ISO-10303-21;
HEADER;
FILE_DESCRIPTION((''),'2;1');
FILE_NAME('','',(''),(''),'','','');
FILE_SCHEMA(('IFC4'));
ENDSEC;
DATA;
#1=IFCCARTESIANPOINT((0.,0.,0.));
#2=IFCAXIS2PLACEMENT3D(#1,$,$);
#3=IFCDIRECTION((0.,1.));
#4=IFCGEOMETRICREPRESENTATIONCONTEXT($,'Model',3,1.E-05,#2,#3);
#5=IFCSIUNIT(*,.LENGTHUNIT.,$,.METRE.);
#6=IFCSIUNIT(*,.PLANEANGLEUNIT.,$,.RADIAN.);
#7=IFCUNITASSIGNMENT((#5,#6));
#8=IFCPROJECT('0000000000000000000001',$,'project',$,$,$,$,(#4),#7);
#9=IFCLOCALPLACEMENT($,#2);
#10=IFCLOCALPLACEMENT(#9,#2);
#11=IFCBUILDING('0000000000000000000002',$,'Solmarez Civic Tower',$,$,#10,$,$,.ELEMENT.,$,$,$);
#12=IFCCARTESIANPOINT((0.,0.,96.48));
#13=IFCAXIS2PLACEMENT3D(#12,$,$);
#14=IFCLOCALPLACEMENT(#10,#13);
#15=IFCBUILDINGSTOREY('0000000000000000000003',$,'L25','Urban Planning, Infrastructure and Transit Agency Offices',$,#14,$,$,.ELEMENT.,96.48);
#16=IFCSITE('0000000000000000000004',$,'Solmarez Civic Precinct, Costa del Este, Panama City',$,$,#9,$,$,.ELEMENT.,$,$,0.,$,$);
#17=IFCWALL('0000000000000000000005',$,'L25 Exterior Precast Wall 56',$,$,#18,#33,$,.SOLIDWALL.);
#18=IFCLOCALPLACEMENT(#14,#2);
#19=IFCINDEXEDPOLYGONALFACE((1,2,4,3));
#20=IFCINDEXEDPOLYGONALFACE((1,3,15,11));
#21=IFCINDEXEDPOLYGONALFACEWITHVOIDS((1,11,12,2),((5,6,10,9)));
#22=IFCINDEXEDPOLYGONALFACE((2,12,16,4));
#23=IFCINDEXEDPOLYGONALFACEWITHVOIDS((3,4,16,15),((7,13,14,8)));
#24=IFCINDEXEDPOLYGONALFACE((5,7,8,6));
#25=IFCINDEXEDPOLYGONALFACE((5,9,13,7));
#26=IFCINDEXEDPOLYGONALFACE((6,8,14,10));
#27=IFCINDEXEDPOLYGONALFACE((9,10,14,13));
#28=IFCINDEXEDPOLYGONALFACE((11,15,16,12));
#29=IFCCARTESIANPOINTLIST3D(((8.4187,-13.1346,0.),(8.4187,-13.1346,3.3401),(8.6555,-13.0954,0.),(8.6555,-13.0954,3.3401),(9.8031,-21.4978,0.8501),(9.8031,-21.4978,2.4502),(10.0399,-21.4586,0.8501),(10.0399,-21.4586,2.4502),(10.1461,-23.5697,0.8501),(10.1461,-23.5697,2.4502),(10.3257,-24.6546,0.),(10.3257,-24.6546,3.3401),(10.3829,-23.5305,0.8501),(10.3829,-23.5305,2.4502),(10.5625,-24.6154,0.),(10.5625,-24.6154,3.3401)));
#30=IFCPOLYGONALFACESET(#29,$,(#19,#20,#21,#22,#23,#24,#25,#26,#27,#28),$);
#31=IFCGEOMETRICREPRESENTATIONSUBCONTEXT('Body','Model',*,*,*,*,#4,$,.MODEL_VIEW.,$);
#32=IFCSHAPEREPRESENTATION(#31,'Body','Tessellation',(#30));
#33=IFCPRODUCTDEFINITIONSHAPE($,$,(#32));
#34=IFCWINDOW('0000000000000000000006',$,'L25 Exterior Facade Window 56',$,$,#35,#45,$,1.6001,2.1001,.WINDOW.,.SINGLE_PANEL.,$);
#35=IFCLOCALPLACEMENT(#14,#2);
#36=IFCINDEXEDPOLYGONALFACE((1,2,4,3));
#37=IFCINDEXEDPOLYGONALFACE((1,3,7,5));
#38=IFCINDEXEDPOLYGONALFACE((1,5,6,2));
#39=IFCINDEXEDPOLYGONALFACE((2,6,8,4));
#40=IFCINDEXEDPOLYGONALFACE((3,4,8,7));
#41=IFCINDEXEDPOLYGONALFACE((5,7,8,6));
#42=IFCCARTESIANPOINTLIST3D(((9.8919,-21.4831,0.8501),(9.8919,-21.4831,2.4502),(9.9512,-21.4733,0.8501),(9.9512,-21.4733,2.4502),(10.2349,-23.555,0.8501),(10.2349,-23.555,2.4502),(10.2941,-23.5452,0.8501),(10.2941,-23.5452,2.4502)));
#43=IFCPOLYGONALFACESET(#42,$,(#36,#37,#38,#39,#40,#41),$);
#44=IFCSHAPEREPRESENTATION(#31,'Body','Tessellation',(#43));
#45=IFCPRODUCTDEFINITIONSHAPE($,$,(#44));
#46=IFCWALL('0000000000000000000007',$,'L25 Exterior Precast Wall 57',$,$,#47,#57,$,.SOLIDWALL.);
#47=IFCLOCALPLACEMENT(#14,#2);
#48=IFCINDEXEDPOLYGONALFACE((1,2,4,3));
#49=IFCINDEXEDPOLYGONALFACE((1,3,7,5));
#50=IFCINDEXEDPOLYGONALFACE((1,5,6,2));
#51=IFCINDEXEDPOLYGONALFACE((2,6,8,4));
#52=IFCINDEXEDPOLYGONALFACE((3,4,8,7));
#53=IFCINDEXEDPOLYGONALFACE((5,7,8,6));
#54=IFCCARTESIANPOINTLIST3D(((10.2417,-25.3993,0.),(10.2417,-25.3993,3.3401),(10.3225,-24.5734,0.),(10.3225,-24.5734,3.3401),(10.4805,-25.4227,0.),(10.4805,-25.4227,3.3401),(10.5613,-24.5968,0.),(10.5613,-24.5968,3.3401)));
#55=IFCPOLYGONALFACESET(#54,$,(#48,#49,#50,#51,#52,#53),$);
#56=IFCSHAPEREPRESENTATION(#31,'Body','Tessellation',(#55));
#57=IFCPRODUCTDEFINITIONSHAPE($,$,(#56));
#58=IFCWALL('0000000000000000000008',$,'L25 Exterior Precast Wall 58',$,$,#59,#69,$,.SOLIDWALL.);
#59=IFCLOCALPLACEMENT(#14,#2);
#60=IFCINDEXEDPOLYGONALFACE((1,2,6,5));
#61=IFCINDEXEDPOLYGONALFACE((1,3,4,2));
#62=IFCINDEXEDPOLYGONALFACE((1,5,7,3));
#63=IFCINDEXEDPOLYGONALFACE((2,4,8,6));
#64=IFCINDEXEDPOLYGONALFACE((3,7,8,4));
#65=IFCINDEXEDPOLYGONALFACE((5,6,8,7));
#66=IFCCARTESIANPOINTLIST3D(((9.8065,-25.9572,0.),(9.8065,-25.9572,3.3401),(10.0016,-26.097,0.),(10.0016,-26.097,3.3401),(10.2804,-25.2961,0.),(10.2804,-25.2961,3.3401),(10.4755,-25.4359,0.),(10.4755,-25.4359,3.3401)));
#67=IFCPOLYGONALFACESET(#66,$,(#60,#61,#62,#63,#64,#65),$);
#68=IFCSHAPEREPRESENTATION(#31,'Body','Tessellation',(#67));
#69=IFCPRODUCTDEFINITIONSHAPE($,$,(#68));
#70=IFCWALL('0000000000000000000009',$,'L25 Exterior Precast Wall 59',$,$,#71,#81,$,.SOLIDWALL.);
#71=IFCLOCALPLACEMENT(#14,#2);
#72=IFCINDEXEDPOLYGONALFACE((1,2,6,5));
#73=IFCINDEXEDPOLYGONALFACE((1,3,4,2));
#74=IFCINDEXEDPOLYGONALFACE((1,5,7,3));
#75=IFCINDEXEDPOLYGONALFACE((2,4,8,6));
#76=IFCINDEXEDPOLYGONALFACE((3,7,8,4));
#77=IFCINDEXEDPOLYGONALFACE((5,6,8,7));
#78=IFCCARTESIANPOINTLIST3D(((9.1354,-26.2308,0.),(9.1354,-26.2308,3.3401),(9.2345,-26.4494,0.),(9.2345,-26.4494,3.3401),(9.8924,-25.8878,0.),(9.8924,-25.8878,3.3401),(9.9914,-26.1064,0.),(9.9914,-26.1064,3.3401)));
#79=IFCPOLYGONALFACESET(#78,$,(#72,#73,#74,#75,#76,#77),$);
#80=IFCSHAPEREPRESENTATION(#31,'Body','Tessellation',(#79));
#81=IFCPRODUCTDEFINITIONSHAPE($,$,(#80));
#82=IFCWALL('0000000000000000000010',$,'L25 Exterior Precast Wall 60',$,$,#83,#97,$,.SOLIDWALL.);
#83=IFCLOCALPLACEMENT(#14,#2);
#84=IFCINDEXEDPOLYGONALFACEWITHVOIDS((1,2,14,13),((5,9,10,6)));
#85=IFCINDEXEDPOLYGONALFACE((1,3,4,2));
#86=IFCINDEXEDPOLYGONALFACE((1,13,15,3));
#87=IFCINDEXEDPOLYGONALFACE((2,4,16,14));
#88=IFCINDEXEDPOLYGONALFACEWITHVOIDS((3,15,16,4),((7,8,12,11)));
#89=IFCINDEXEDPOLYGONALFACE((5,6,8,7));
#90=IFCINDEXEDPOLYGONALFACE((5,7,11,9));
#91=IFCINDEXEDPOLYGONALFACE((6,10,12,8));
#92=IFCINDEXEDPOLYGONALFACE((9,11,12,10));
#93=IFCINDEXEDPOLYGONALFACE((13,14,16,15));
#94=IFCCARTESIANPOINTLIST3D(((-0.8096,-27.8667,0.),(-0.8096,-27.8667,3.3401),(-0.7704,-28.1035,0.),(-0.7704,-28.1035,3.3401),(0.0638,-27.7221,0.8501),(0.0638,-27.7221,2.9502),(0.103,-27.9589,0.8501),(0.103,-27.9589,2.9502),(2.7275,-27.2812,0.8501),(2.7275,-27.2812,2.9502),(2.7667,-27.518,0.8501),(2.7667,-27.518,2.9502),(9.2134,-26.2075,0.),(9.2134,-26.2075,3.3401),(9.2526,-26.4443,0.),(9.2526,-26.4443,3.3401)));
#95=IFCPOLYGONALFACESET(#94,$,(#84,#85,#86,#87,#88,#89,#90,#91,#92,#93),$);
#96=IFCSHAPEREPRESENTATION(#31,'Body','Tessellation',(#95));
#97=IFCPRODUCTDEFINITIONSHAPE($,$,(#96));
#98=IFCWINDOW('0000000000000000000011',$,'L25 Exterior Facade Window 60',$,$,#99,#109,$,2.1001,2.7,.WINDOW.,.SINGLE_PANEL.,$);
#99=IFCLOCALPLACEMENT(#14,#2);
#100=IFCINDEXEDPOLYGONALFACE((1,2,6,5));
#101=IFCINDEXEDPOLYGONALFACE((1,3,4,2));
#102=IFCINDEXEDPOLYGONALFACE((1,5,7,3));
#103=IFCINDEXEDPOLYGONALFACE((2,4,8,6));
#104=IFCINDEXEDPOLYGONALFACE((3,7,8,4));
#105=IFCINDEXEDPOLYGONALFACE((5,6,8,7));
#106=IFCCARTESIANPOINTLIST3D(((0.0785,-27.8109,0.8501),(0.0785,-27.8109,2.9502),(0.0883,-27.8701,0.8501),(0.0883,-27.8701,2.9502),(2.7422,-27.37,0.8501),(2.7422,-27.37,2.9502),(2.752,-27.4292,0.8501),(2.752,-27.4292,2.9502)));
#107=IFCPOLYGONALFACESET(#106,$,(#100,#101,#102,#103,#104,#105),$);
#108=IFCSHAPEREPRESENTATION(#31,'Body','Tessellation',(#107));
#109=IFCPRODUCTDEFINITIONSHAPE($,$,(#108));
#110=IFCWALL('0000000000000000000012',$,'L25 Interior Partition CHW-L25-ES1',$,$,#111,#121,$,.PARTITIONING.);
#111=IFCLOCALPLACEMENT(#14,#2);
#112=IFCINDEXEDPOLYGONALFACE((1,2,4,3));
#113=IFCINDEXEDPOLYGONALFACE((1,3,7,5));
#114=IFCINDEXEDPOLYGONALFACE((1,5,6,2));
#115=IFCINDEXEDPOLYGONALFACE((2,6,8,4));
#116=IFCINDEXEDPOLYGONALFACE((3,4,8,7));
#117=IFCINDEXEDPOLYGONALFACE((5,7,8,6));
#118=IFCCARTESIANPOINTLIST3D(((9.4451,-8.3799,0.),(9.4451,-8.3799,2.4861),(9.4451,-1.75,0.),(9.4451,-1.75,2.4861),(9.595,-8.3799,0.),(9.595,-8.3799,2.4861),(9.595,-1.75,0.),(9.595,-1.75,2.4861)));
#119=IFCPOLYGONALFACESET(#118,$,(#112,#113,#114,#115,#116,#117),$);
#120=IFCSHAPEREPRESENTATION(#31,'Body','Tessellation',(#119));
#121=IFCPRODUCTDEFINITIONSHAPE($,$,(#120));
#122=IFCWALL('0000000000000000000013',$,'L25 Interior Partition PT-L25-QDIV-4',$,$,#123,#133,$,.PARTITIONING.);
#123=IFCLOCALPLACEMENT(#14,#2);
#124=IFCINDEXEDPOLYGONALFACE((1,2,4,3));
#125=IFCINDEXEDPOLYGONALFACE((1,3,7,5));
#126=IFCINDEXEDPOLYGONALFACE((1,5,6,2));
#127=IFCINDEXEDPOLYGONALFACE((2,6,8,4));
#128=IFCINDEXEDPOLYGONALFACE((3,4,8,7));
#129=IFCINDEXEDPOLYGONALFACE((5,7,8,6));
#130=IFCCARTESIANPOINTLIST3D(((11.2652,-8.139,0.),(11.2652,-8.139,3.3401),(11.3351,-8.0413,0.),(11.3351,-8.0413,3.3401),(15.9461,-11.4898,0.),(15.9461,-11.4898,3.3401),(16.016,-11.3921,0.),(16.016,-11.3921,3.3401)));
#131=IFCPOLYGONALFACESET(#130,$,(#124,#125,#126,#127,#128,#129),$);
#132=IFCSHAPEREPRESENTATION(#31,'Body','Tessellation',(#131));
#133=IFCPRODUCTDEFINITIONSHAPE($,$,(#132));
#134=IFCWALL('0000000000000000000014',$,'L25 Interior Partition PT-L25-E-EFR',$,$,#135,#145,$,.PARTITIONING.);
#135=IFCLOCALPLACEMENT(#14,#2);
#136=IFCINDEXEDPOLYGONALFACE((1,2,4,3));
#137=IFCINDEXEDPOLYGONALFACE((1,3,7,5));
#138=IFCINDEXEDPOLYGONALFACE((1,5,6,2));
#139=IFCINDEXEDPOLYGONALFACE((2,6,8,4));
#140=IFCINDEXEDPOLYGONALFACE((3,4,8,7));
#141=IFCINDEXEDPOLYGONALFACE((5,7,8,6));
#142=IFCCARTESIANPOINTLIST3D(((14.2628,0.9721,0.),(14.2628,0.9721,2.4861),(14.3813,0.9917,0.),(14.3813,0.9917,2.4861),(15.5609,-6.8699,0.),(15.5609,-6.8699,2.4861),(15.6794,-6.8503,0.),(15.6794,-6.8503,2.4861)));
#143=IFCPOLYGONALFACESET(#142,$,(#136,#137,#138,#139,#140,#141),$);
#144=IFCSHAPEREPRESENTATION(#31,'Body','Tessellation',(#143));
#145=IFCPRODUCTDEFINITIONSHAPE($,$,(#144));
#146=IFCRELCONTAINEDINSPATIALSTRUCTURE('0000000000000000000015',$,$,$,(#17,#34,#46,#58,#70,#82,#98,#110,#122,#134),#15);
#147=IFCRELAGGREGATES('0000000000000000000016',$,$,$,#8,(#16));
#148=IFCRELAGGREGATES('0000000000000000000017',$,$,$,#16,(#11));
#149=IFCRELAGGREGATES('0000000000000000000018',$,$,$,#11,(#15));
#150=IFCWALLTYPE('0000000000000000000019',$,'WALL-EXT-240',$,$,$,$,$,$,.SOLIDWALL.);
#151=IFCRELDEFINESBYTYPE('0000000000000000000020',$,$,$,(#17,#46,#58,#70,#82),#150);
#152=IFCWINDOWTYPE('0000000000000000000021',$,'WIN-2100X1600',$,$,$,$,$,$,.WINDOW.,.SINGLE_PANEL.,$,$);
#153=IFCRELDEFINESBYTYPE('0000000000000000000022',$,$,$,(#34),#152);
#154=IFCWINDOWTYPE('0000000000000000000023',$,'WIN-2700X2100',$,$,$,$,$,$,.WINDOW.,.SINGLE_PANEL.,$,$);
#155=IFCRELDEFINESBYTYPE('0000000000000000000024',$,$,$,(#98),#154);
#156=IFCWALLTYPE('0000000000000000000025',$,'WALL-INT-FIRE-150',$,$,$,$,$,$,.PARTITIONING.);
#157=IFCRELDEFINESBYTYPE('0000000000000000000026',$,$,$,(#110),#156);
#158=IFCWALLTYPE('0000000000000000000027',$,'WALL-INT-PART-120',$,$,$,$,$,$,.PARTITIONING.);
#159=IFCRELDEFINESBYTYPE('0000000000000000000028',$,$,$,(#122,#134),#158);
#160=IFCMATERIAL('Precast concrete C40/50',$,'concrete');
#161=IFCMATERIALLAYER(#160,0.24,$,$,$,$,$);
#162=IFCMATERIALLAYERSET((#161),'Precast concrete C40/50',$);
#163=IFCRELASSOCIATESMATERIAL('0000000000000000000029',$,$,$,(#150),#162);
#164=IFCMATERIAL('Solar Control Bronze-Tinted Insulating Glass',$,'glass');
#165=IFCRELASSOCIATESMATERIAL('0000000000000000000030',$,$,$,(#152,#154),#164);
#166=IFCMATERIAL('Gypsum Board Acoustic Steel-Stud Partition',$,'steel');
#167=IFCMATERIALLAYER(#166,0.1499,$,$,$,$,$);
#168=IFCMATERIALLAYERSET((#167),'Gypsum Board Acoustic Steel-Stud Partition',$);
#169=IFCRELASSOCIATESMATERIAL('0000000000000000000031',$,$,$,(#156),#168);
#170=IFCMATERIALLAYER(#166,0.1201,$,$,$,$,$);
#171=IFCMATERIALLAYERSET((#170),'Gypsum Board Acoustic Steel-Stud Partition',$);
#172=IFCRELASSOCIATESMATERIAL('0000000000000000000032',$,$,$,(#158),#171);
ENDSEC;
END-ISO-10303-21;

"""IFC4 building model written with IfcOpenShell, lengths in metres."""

from ifc_helpers import new_model, si_unit, direction, frame, frame_2d, origin, place, context, subcontext, project, spatial, rectangle, extrude, material, layer, layer_set, type_object, element, fill, save


model = new_model("IFC4")

# Units and contexts
model_context = context("Model", 3, precision=1e-05, world=origin(), true_north=direction((0.0, 1.0)))
body_context = subcontext(model_context, "Body", "Model", "MODEL_VIEW")
ifc_project = project(units=[si_unit("LENGTHUNIT", "METRE"), si_unit("PLANEANGLEUNIT", "RADIAN")], contexts=[model_context])

# Site, building, storey
site_placement = place(None, origin())
site = spatial("IfcSite", under=ifc_project, at=site_placement, Name="Solmarez Civic Precinct, Costa del Este, Panama City", CompositionType="ELEMENT", RefElevation=0.0)
building_placement = place(site_placement, origin())
building = spatial("IfcBuilding", under=site, at=building_placement, Name="Solmarez Civic Tower", CompositionType="ELEMENT")
storey_placement = place(building_placement, frame((0.0, 0.0, 96.48)))
storey = spatial("IfcBuildingStorey", under=building, at=storey_placement, Name="L25", Description="Urban Planning, Infrastructure and Transit Agency Offices", CompositionType="ELEMENT", Elevation=96.48)

# Shared definitions
ifc_material_1 = material(Name="Precast concrete C40/50", Category="concrete")
ifc_layer_1 = layer(ifc_material_1, 0.24)
ifc_layer_set_1 = layer_set([ifc_layer_1], Name="Precast concrete C40/50")
wall_type_1 = type_object("IfcWallType", Name="WALL-EXT-240", PredefinedType="SOLIDWALL", material=ifc_layer_set_1)

# Wall, opening, window
wall_1_placement = place(storey_placement, frame((8.5371, -13.115, 0.0), z_axis=(0.0, 0.0, 1.0), x_axis=(0.163314, -0.986574, 0.0)))
wall_1 = element("IfcWall", 1, at=wall_1_placement, inside=storey, type_object=wall_type_1, Name="L25 Exterior Precast Wall 56", PredefinedType="SOLIDWALL", context=body_context, shape_type="SweptSolid", body=[
    extrude(rectangle(XDim=11.6768, YDim=0.24, at=frame_2d((5.8384, 0.0))), origin(), (0.0, 0.0, 1.0), 3.3401),
])
opening_1_placement = place(wall_1_placement, frame((8.4771, 0.0, 0.8501)))
opening_1 = element("IfcOpeningElement", 2, at=opening_1_placement, cuts=wall_1, PredefinedType="OPENING", context=body_context, shape_type="SweptSolid", body=[
    extrude(rectangle(XDim=2.1001, YDim=1.6001, at=frame_2d((1.05, 0.8))), frame((0.0, 0.1299, 0.0), z_axis=(0.0, -1.0, 0.0), x_axis=(1.0, 0.0, 0.0)), (0.0, 0.0, 1.0), 0.26),
])
ifc_material_2 = material(Name="Solar Control Bronze-Tinted Insulating Glass", Category="glass")
window_type_1 = type_object("IfcWindowType", Name="WIN-2100X1600", PartitioningType="SINGLE_PANEL", PredefinedType="WINDOW", material=ifc_material_2)
window_1_placement = place(opening_1_placement, origin())
window_1 = element("IfcWindow", 3, at=window_1_placement, inside=storey, type_object=window_type_1, Name="L25 Exterior Facade Window 56", OverallHeight=1.6001, OverallWidth=2.1001, PartitioningType="SINGLE_PANEL", PredefinedType="WINDOW", context=body_context, shape_type="SweptSolid", body=[
    extrude(rectangle(XDim=2.1001, YDim=1.6001, at=frame_2d((1.05, 0.8))), frame((0.0, 0.03, 0.0), z_axis=(0.0, -1.0, 0.0), x_axis=(1.0, 0.0, 0.0)), (0.0, 0.0, 1.0), 0.0601),
])
fill(opening_1, window_1)

# Walls
wall_2_placement = place(storey_placement, frame((10.4419, -24.585, 0.0), z_axis=(0.0, 0.0, 1.0), x_axis=(-0.097377, -0.995248, 0.0)))
element("IfcWall", 4, at=wall_2_placement, inside=storey, type_object=wall_type_1, Name="L25 Exterior Precast Wall 57", PredefinedType="SOLIDWALL", context=body_context, shape_type="SweptSolid", body=[
    extrude(rectangle(XDim=0.8298, YDim=0.24, at=frame_2d((0.415, 0.0))), origin(), (0.0, 0.0, 1.0), 3.3401),
])
wall_3_placement = place(storey_placement, frame((10.3779, -25.366, 0.0), z_axis=(0.0, 0.0, 1.0), x_axis=(-0.582572, -0.812779, 0.0)))
element("IfcWall", 5, at=wall_3_placement, inside=storey, type_object=wall_type_1, Name="L25 Exterior Precast Wall 58", PredefinedType="SOLIDWALL", context=body_context, shape_type="SweptSolid", body=[
    extrude(rectangle(XDim=0.8135, YDim=0.24, at=frame_2d((0.4067, 0.0))), origin(), (0.0, 0.0, 1.0), 3.3401),
])
wall_4_placement = place(storey_placement, frame((9.9419, -25.9971, 0.0), z_axis=(0.0, 0.0, 1.0), x_axis=(-0.910819, -0.412807, 0.0)))
element("IfcWall", 6, at=wall_4_placement, inside=storey, type_object=wall_type_1, Name="L25 Exterior Precast Wall 59", PredefinedType="SOLIDWALL", context=body_context, shape_type="SweptSolid", body=[
    extrude(rectangle(XDim=0.8311, YDim=0.24, at=frame_2d((0.4155, 0.0))), origin(), (0.0, 0.0, 1.0), 3.3401),
])

# Wall, opening, window
wall_5_placement = place(storey_placement, frame((9.2329, -26.3259, 0.0), z_axis=(0.0, 0.0, 1.0), x_axis=(-0.986574, -0.163316, 0.0)))
wall_5 = element("IfcWall", 7, at=wall_5_placement, inside=storey, type_object=wall_type_1, Name="L25 Exterior Precast Wall 60", PredefinedType="SOLIDWALL", context=body_context, shape_type="SweptSolid", body=[
    extrude(rectangle(XDim=10.1594, YDim=0.24, at=frame_2d((5.0796, 0.0))), origin(), (0.0, 0.0, 1.0), 3.3401),
])
opening_2_placement = place(wall_5_placement, frame((6.574, 0.0, 0.8501)))
opening_2 = element("IfcOpeningElement", 8, at=opening_2_placement, cuts=wall_5, PredefinedType="OPENING", context=body_context, shape_type="SweptSolid", body=[
    extrude(rectangle(XDim=2.7, YDim=2.1001, at=frame_2d((1.3501, 1.05))), frame((0.0, 0.1299, 0.0), z_axis=(0.0, -1.0, 0.0), x_axis=(1.0, 0.0, 0.0)), (0.0, 0.0, 1.0), 0.26),
])
window_type_2 = type_object("IfcWindowType", Name="WIN-2700X2100", PartitioningType="SINGLE_PANEL", PredefinedType="WINDOW", material=ifc_material_2)
window_2_placement = place(opening_2_placement, origin())
window_2 = element("IfcWindow", 9, at=window_2_placement, inside=storey, type_object=window_type_2, Name="L25 Exterior Facade Window 60", OverallHeight=2.1001, OverallWidth=2.7, PartitioningType="SINGLE_PANEL", PredefinedType="WINDOW", context=body_context, shape_type="SweptSolid", body=[
    extrude(rectangle(XDim=2.7, YDim=2.1001, at=frame_2d((1.3501, 1.05))), frame((0.0, 0.03, 0.0), z_axis=(0.0, -1.0, 0.0), x_axis=(1.0, 0.0, 0.0)), (0.0, 0.0, 1.0), 0.0601),
])
fill(opening_2, window_2)

# Walls
ifc_material_3 = material(Name="Gypsum Board Acoustic Steel-Stud Partition", Category="steel")
ifc_layer_2 = layer(ifc_material_3, 0.1499)
ifc_layer_set_2 = layer_set([ifc_layer_2], Name="Gypsum Board Acoustic Steel-Stud Partition")
wall_type_2 = type_object("IfcWallType", Name="WALL-INT-FIRE-150", PredefinedType="PARTITIONING", material=ifc_layer_set_2)
wall_6_placement = place(storey_placement, frame((9.52, -8.3799, 0.0), z_axis=(0.0, 0.0, 1.0), x_axis=(0.0, 1.0, 0.0)))
element("IfcWall", 10, at=wall_6_placement, inside=storey, type_object=wall_type_2, Name="L25 Interior Partition CHW-L25-ES1", PredefinedType="PARTITIONING", context=body_context, shape_type="SweptSolid", body=[
    extrude(rectangle(XDim=6.6299, YDim=0.1499, at=frame_2d((3.3149, 0.0))), origin(), (0.0, 0.0, 1.0), 2.4861),
])
ifc_layer_3 = layer(ifc_material_3, 0.1201)
ifc_layer_set_3 = layer_set([ifc_layer_3], Name="Gypsum Board Acoustic Steel-Stud Partition")
wall_type_3 = type_object("IfcWallType", Name="WALL-INT-PART-120", PredefinedType="PARTITIONING", material=ifc_layer_set_3)
wall_7_placement = place(storey_placement, frame((11.3, -8.0901, 0.0), z_axis=(0.0, 0.0, 1.0), x_axis=(0.813131, -0.58208, 0.0)))
element("IfcWall", 11, at=wall_7_placement, inside=storey, type_object=wall_type_3, Name="L25 Interior Partition PT-L25-QDIV-4", PredefinedType="PARTITIONING", context=body_context, shape_type="SweptSolid", body=[
    extrude(rectangle(XDim=5.7566, YDim=0.1201, at=frame_2d((2.8784, 0.0))), origin(), (0.0, 0.0, 1.0), 3.3401),
])
wall_8_placement = place(storey_placement, frame((15.6201, -6.8601, 0.0), z_axis=(0.0, 0.0, 1.0), x_axis=(-0.163308, 0.986575, 0.0)))
element("IfcWall", 12, at=wall_8_placement, inside=storey, type_object=wall_type_3, Name="L25 Interior Partition PT-L25-E-EFR", PredefinedType="PARTITIONING", context=body_context, shape_type="SweptSolid", body=[
    extrude(rectangle(XDim=7.9487, YDim=0.1201, at=frame_2d((3.9744, 0.0))), origin(), (0.0, 0.0, 1.0), 2.4861),
])

save(model, "model.ifc")
